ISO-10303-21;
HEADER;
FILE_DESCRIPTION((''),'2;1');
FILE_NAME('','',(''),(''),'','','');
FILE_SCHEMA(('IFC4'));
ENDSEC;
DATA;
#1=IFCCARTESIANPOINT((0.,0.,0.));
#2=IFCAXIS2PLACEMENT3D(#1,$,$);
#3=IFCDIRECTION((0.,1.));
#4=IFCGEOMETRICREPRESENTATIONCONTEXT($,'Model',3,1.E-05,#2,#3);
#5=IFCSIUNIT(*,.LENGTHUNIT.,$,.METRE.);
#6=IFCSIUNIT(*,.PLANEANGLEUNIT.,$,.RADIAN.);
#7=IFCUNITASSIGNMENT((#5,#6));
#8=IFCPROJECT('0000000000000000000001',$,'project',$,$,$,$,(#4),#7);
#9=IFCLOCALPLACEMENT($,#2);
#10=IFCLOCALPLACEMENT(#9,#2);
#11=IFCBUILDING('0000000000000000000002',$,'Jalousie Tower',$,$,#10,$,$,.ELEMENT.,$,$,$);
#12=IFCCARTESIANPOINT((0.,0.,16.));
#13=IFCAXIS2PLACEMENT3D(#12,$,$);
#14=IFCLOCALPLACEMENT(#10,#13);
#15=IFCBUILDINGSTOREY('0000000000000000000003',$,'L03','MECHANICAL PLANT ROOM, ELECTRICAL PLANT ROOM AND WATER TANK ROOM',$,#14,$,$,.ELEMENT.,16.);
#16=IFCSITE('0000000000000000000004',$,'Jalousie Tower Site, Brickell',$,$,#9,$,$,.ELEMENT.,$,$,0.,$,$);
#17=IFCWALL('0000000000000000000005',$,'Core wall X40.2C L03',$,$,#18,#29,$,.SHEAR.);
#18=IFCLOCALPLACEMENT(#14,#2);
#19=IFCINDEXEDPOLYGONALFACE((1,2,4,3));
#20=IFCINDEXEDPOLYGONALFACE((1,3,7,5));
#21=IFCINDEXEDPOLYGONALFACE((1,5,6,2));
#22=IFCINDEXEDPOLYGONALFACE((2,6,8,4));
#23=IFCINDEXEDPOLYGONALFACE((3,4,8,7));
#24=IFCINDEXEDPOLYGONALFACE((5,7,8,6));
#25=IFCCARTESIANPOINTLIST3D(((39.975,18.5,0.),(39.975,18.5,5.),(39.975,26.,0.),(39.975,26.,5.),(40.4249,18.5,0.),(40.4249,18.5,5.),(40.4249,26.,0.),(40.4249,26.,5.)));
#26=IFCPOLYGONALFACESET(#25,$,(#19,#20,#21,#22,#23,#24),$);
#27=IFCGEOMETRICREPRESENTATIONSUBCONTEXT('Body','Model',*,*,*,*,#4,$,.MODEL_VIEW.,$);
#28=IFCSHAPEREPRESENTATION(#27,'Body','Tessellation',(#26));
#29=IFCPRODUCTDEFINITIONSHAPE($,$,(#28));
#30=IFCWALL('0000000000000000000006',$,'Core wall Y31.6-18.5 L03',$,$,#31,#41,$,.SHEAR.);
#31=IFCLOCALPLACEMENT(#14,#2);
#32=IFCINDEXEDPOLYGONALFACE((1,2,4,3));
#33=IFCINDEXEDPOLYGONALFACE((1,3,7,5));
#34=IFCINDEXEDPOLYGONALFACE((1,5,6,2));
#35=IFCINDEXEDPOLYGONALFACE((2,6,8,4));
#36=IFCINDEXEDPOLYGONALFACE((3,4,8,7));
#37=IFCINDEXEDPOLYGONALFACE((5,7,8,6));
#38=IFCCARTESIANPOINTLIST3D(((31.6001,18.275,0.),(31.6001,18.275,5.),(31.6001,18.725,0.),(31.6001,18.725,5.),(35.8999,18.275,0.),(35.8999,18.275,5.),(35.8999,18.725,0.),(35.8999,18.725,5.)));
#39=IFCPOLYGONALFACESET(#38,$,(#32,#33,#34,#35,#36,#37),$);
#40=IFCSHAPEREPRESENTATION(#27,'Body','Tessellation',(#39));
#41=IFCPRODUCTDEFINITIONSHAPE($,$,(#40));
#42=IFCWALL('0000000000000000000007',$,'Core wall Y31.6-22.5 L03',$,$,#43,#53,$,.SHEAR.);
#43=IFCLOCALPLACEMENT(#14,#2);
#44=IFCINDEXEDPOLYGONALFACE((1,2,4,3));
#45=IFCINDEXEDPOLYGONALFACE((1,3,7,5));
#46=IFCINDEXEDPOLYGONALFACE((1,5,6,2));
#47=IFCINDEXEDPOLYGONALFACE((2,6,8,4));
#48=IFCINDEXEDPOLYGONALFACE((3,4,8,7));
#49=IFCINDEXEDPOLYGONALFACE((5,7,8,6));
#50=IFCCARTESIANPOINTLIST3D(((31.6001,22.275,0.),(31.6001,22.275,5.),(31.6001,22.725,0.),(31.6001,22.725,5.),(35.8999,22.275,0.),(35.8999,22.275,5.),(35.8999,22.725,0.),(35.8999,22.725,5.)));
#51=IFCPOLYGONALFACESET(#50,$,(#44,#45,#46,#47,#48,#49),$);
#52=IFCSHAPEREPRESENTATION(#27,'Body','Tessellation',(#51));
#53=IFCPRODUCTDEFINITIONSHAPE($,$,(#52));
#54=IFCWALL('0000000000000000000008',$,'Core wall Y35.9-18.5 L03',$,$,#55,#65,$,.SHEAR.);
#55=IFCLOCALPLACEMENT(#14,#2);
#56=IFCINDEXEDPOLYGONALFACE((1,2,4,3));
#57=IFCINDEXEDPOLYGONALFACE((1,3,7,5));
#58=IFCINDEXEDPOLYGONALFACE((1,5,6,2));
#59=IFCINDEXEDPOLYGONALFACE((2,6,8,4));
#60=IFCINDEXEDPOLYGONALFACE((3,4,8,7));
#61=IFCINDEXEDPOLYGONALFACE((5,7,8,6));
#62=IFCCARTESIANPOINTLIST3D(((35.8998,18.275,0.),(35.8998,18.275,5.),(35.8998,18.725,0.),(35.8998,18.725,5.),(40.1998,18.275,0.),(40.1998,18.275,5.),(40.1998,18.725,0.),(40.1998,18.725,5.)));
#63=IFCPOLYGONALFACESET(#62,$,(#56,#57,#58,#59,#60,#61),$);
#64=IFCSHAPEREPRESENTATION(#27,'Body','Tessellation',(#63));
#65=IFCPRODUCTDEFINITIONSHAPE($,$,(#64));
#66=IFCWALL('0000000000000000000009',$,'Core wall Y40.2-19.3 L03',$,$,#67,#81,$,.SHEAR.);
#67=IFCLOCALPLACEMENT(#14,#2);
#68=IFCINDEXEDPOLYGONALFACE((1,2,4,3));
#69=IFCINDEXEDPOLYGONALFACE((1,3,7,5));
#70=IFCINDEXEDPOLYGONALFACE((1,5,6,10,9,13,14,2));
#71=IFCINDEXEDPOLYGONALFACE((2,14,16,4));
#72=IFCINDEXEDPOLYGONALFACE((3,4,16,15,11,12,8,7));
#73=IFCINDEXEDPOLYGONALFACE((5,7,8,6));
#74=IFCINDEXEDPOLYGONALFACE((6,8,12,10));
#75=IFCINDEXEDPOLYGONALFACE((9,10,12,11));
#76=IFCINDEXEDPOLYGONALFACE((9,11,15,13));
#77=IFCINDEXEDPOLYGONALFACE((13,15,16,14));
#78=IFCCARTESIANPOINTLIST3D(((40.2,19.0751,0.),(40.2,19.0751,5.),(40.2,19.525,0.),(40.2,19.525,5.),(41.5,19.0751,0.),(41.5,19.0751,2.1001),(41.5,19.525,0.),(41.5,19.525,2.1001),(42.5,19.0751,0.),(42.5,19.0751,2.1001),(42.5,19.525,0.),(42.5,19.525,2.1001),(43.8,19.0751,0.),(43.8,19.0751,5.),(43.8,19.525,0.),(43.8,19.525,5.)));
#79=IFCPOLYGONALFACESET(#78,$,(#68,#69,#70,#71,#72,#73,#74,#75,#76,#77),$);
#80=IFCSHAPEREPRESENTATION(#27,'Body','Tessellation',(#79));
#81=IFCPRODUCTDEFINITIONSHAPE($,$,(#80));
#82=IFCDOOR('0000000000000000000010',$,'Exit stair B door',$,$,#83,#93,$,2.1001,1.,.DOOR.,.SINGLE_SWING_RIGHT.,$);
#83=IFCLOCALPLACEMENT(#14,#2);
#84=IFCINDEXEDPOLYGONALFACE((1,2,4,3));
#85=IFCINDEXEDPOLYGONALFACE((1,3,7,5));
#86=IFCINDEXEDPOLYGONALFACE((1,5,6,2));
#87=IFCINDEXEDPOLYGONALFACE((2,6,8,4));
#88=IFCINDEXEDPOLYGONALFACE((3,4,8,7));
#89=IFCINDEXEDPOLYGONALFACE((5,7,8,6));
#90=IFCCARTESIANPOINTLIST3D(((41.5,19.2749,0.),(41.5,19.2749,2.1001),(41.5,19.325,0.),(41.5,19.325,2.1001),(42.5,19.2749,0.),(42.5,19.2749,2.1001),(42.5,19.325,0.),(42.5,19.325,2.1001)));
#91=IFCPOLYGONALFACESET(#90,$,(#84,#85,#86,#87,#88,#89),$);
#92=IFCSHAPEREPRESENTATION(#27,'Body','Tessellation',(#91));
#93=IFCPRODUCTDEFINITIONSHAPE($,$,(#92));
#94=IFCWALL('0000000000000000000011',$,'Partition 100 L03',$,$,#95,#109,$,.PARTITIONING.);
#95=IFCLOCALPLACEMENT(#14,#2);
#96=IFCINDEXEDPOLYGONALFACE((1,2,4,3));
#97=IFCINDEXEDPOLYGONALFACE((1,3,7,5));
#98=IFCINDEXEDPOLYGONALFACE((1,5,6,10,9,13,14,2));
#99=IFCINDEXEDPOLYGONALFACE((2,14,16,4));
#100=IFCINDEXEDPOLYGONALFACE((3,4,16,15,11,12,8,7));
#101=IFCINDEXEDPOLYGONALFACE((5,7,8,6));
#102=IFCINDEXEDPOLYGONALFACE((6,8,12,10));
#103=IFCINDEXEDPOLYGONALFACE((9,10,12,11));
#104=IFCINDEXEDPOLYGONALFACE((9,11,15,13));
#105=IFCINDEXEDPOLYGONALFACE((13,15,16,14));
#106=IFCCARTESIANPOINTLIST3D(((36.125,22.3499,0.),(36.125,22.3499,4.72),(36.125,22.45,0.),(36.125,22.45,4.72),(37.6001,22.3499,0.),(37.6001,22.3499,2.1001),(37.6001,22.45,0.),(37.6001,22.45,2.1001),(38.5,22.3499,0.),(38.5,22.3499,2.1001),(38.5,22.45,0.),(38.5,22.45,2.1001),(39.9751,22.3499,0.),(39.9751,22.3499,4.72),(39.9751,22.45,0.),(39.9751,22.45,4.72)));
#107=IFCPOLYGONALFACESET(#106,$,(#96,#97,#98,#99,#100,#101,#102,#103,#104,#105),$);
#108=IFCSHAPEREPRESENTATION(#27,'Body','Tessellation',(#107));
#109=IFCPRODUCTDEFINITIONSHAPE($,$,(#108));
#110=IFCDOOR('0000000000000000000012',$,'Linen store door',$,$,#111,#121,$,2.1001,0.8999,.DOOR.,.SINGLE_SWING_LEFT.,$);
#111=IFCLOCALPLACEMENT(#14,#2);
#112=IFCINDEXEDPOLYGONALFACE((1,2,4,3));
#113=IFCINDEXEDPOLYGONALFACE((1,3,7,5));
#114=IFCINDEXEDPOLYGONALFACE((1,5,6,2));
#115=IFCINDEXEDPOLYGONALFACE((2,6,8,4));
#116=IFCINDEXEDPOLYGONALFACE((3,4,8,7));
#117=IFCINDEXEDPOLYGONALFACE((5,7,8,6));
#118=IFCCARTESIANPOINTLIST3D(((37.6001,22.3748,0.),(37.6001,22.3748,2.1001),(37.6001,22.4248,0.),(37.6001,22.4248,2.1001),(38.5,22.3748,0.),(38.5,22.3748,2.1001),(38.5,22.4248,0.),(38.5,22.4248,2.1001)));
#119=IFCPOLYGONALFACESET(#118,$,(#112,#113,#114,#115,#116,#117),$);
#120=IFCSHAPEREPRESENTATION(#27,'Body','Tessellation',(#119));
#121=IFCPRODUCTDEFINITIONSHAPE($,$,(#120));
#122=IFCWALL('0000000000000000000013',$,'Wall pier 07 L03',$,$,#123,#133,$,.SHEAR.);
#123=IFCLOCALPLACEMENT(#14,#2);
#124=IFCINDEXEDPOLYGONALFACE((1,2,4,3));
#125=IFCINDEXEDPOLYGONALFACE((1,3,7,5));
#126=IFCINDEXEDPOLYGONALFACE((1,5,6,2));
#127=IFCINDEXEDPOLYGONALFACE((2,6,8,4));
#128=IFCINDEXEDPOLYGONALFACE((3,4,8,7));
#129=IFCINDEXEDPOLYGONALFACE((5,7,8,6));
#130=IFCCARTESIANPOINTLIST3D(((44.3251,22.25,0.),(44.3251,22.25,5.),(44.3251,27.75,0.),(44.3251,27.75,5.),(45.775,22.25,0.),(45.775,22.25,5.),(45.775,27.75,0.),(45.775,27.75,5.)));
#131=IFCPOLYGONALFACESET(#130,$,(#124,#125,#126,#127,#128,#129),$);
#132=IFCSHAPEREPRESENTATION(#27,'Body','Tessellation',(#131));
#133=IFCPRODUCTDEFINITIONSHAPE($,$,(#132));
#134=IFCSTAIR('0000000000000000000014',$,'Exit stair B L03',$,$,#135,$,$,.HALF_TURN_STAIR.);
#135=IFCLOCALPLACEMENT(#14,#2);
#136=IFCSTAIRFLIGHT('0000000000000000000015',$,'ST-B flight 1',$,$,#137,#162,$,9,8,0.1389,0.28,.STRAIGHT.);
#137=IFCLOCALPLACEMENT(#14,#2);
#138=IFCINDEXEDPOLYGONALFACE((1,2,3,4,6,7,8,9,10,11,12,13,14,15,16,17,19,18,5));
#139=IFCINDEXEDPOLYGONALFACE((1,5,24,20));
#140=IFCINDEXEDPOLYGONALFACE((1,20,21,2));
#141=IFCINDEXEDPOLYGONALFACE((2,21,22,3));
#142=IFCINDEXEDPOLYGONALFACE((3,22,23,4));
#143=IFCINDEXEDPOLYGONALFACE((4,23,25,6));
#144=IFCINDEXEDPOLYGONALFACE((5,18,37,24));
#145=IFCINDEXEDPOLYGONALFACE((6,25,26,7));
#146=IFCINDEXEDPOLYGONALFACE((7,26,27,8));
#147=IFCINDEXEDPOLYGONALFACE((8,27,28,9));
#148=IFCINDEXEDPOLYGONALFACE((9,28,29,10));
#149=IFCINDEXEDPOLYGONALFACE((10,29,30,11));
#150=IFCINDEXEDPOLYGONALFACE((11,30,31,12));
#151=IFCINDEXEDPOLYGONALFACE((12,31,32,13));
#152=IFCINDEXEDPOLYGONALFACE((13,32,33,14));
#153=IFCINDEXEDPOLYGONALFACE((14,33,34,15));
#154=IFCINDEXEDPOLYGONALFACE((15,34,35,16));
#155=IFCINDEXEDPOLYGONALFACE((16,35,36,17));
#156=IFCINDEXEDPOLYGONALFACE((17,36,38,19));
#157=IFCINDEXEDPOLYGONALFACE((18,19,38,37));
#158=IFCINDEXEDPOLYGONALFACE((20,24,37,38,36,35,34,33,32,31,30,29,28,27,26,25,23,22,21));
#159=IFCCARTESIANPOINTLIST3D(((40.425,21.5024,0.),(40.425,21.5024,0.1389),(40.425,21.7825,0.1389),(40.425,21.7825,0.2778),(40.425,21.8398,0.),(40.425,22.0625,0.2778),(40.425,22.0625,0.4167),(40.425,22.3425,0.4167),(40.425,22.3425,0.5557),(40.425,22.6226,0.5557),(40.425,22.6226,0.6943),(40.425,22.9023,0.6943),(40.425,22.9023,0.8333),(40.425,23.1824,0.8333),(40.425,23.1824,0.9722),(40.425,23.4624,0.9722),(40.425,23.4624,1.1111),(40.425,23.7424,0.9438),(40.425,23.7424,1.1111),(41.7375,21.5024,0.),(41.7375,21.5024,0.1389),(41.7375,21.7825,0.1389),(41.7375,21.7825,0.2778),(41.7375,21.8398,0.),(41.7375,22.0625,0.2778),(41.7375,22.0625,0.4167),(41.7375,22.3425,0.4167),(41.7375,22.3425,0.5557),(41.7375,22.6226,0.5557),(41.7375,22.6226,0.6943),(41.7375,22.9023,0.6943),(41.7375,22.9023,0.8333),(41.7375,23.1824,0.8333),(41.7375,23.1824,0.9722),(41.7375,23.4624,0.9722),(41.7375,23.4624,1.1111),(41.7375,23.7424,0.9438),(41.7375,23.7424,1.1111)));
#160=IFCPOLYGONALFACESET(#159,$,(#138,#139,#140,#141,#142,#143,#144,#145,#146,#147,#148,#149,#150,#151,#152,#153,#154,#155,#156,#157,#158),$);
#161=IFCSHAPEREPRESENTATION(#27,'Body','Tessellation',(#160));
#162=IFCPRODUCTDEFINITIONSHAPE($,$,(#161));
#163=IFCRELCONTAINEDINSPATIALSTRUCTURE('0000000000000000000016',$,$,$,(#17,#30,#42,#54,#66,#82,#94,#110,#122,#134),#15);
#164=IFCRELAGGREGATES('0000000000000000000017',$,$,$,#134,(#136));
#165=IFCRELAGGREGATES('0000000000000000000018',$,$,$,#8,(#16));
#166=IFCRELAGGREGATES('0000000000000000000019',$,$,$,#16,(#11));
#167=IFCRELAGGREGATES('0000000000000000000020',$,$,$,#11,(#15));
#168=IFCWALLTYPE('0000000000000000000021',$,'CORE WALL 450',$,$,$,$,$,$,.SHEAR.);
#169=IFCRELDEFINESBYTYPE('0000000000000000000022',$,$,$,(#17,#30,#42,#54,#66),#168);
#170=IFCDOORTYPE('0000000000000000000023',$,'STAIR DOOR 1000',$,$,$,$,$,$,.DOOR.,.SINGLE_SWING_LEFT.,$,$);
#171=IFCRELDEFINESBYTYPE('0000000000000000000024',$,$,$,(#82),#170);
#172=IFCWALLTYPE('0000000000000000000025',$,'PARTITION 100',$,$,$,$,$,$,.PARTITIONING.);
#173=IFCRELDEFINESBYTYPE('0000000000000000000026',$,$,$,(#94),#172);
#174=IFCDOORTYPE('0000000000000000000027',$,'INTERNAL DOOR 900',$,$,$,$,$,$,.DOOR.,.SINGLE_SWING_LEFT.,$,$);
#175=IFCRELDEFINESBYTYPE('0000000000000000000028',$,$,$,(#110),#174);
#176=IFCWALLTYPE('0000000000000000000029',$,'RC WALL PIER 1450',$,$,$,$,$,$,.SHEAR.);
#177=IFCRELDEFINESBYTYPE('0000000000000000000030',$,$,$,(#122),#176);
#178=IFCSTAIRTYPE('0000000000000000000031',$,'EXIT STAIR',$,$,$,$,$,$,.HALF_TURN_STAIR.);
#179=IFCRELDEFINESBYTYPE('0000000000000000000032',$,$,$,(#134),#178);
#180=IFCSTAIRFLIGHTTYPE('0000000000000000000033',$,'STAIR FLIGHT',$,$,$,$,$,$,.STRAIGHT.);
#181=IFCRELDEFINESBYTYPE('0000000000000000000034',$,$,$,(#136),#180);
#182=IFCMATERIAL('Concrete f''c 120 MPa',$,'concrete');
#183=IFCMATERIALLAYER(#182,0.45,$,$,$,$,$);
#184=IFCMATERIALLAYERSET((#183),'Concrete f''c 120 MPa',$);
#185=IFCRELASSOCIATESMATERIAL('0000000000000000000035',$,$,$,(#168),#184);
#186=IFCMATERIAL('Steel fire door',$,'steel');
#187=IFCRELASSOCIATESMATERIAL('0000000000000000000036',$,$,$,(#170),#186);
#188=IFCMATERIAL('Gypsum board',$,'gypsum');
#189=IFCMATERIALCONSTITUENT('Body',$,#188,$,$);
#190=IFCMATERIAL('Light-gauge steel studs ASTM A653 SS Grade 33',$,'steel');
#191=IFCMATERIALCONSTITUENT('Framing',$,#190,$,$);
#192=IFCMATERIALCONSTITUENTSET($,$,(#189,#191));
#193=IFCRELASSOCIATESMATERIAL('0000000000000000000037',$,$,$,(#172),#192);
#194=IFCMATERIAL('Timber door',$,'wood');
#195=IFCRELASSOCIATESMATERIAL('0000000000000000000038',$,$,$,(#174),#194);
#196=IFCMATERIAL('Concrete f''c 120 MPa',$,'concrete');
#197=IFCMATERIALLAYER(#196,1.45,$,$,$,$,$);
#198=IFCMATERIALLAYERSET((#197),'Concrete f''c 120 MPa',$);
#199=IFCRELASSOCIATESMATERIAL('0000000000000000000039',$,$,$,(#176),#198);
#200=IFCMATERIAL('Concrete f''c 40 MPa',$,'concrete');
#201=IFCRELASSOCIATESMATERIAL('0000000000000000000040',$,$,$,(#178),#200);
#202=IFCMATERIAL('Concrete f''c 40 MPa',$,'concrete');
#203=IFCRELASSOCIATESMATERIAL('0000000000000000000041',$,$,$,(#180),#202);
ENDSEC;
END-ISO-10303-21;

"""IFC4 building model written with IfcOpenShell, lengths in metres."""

from ifc_helpers import new_model, si_unit, direction, frame, frame_2d, origin, place, context, subcontext, project, spatial, polyline, rectangle, outline, extrude, material, layer, layer_set, constituent, constituent_set, type_object, element, fill, aggregate, save


model = new_model("IFC4")

# Units and contexts
model_context = context("Model", 3, precision=1e-05, world=origin(), true_north=direction((0.0, 1.0)))
body_context = subcontext(model_context, "Body", "Model", "MODEL_VIEW")
ifc_project = project(units=[si_unit("LENGTHUNIT", "METRE"), si_unit("PLANEANGLEUNIT", "RADIAN")], contexts=[model_context])

# Site, building, storey
site_placement = place(None, origin())
site = spatial("IfcSite", under=ifc_project, at=site_placement, Name="Jalousie Tower Site, Brickell", CompositionType="ELEMENT", RefElevation=0.0)
building_placement = place(site_placement, origin())
building = spatial("IfcBuilding", under=site, at=building_placement, Name="Jalousie Tower", CompositionType="ELEMENT")
storey_placement = place(building_placement, frame((0.0, 0.0, 16.0)))
storey = spatial("IfcBuildingStorey", under=building, at=storey_placement, Name="L03", Description="MECHANICAL PLANT ROOM, ELECTRICAL PLANT ROOM AND WATER TANK ROOM", CompositionType="ELEMENT", Elevation=16.0)

# Shared definitions
ifc_material_1 = material(Name="Concrete f'c 120 MPa", Category="concrete")
ifc_layer_1 = layer(ifc_material_1, 0.45)
ifc_layer_set_1 = layer_set([ifc_layer_1], Name="Concrete f'c 120 MPa")
wall_type_1 = type_object("IfcWallType", Name="CORE WALL 450", PredefinedType="SHEAR", material=ifc_layer_set_1)

# Walls
wall_1_placement = place(storey_placement, frame((40.2, 18.5, 0.0), z_axis=(0.0, 0.0, 1.0), x_axis=(0.0, 1.0, 0.0)))
element("IfcWall", 1, at=wall_1_placement, inside=storey, type_object=wall_type_1, Name="Core wall X40.2C L03", PredefinedType="SHEAR", context=body_context, shape_type="SweptSolid", body=[
    extrude(rectangle(XDim=7.5, YDim=0.45, at=frame_2d((3.75, 0.0))), origin(), (0.0, 0.0, 1.0), 5.0),
])
for number, where, z_axis, x_axis, name in (
    (2, (31.6001, 18.5, 0.0), (0.0, 0.0, 1.0), (1.0, 0.0, 0.0), "Core wall Y31.6-18.5 L03"),
    (3, (31.6001, 22.5, 0.0), (0.0, 0.0, 1.0), (1.0, 0.0, 0.0), "Core wall Y31.6-22.5 L03"),
):
    element("IfcWall", number, at=place(storey_placement, frame(where, z_axis=z_axis, x_axis=x_axis)), inside=storey, type_object=wall_type_1, Name=name, PredefinedType="SHEAR", context=body_context, shape_type="SweptSolid", body=[
        extrude(rectangle(XDim=4.2998, YDim=0.45, at=frame_2d((2.1499, 0.0))), origin(), (0.0, 0.0, 1.0), 5.0),
    ])
wall_2_placement = place(storey_placement, frame((35.8999, 18.5, 0.0), z_axis=(0.0, 0.0, 1.0), x_axis=(1.0, 0.0, 0.0)))
element("IfcWall", 4, at=wall_2_placement, inside=storey, type_object=wall_type_1, Name="Core wall Y35.9-18.5 L03", PredefinedType="SHEAR", context=body_context, shape_type="SweptSolid", body=[
    extrude(rectangle(XDim=4.3, YDim=0.45, at=frame_2d((2.1499, 0.0))), origin(), (0.0, 0.0, 1.0), 5.0),
])

# Walls, openings, doors
wall_3_placement = place(storey_placement, frame((40.2, 19.3, 0.0), z_axis=(0.0, 0.0, 1.0), x_axis=(1.0, 0.0, 0.0)))
wall_3 = element("IfcWall", 5, at=wall_3_placement, inside=storey, type_object=wall_type_1, Name="Core wall Y40.2-19.3 L03", PredefinedType="SHEAR", context=body_context, shape_type="SweptSolid", body=[
    extrude(rectangle(XDim=3.6001, YDim=0.45, at=frame_2d((1.8, 0.0))), origin(), (0.0, 0.0, 1.0), 5.0),
])
opening_1_placement = place(wall_3_placement, frame((1.3, 0.0, 0.0)))
opening_1 = element("IfcOpeningElement", 6, at=opening_1_placement, cuts=wall_3, PredefinedType="OPENING", context=body_context, shape_type="SweptSolid", body=[
    extrude(rectangle(XDim=1.0, YDim=2.1001, at=frame_2d((0.5, 1.05))), frame((0.0, 0.2349, 0.0), z_axis=(0.0, -1.0, 0.0), x_axis=(1.0, 0.0, 0.0)), (0.0, 0.0, 1.0), 0.47),
])
ifc_material_2 = material(Name="Steel fire door", Category="steel")
door_type_1 = type_object("IfcDoorType", Name="STAIR DOOR 1000", OperationType="SINGLE_SWING_LEFT", PredefinedType="DOOR", material=ifc_material_2)
door_1_placement = place(opening_1_placement, origin())
door_1 = element("IfcDoor", 7, at=door_1_placement, inside=storey, type_object=door_type_1, Name="Exit stair B door", OperationType="SINGLE_SWING_RIGHT", OverallHeight=2.1001, OverallWidth=1.0, PredefinedType="DOOR", context=body_context, shape_type="SweptSolid", body=[
    extrude(rectangle(XDim=1.0, YDim=2.1001, at=frame_2d((0.5, 1.05))), frame((0.0, 0.0249, 0.0), z_axis=(0.0, -1.0, 0.0), x_axis=(1.0, 0.0, 0.0)), (0.0, 0.0, 1.0), 0.05),
])
fill(opening_1, door_1)
ifc_material_3 = material(Name="Gypsum board", Category="gypsum")
ifc_constituent_1 = constituent(ifc_material_3, Name="Body")
ifc_material_4 = material(Name="Light-gauge steel studs ASTM A653 SS Grade 33", Category="steel")
ifc_constituent_2 = constituent(ifc_material_4, Name="Framing")
ifc_constituent_set_1 = constituent_set(constituents=[ifc_constituent_1, ifc_constituent_2])
wall_type_2 = type_object("IfcWallType", Name="PARTITION 100", PredefinedType="PARTITIONING", material=ifc_constituent_set_1)
wall_4_placement = place(storey_placement, frame((36.125, 22.3999, 0.0), z_axis=(0.0, 0.0, 1.0), x_axis=(1.0, 0.0, 0.0)))
wall_4 = element("IfcWall", 8, at=wall_4_placement, inside=storey, type_object=wall_type_2, Name="Partition 100 L03", PredefinedType="PARTITIONING", context=body_context, shape_type="SweptSolid", body=[
    extrude(rectangle(XDim=3.8501, YDim=0.1001, at=frame_2d((1.925, 0.0))), origin(), (0.0, 0.0, 1.0), 4.72),
])
opening_2_placement = place(wall_4_placement, frame((1.4751, 0.0, 0.0)))
opening_2 = element("IfcOpeningElement", 9, at=opening_2_placement, cuts=wall_4, PredefinedType="OPENING", context=body_context, shape_type="SweptSolid", body=[
    extrude(rectangle(XDim=0.8999, YDim=2.1001, at=frame_2d((0.45, 1.05))), frame((0.0, 0.0601, 0.0), z_axis=(0.0, -1.0, 0.0), x_axis=(1.0, 0.0, 0.0)), (0.0, 0.0, 1.0), 0.1201),
])
ifc_material_5 = material(Name="Timber door", Category="wood")
door_type_2 = type_object("IfcDoorType", Name="INTERNAL DOOR 900", OperationType="SINGLE_SWING_LEFT", PredefinedType="DOOR", material=ifc_material_5)
door_2_placement = place(opening_2_placement, origin())
door_2 = element("IfcDoor", 10, at=door_2_placement, inside=storey, type_object=door_type_2, Name="Linen store door", OperationType="SINGLE_SWING_LEFT", OverallHeight=2.1001, OverallWidth=0.8999, PredefinedType="DOOR", context=body_context, shape_type="SweptSolid", body=[
    extrude(rectangle(XDim=0.8999, YDim=2.1001, at=frame_2d((0.45, 1.05))), frame((0.0, 0.0249, 0.0), z_axis=(0.0, -1.0, 0.0), x_axis=(1.0, 0.0, 0.0)), (0.0, 0.0, 1.0), 0.05),
])
fill(opening_2, door_2)

# Wall
ifc_material_6 = material(Name="Concrete f'c 120 MPa", Category="concrete")
ifc_layer_2 = layer(ifc_material_6, 1.45)
ifc_layer_set_2 = layer_set([ifc_layer_2], Name="Concrete f'c 120 MPa")
wall_type_3 = type_object("IfcWallType", Name="RC WALL PIER 1450", PredefinedType="SHEAR", material=ifc_layer_set_2)
wall_5_placement = place(storey_placement, frame((45.05, 22.25, 0.0), z_axis=(0.0, 0.0, 1.0), x_axis=(0.0, 1.0, 0.0)))
element("IfcWall", 11, at=wall_5_placement, inside=storey, type_object=wall_type_3, Name="Wall pier 07 L03", PredefinedType="SHEAR", context=body_context, shape_type="SweptSolid", body=[
    extrude(rectangle(XDim=5.5, YDim=1.45, at=frame_2d((2.75, 0.0))), origin(), (0.0, 0.0, 1.0), 5.0),
])

# Stair, stair flight
ifc_material_7 = material(Name="Concrete f'c 40 MPa", Category="concrete")
stair_type = type_object("IfcStairType", Name="EXIT STAIR", PredefinedType="HALF_TURN_STAIR", material=ifc_material_7)
stair_placement = place(storey_placement, origin())
stair = element("IfcStair", 12, at=stair_placement, inside=storey, type_object=stair_type, Name="Exit stair B L03", PredefinedType="HALF_TURN_STAIR")
ifc_material_8 = material(Name="Concrete f'c 40 MPa", Category="concrete")
stair_flight_type = type_object("IfcStairFlightType", Name="STAIR FLIGHT", PredefinedType="STRAIGHT", material=ifc_material_8)
stair_flight_1_placement = place(storey_placement, frame((41.0813, 21.5024, 0.0), z_axis=(0.0, 0.0, 1.0), x_axis=(0.0, 1.0, 0.0)))
stair_flight_1 = element("IfcStairFlight", 13, at=stair_flight_1_placement, type_object=stair_flight_type, Name="ST-B flight 1", NumberOfRisers=9, NumberOfTreads=8, PredefinedType="STRAIGHT", RiserHeight=0.1389, TreadLength=0.28, context=body_context, shape_type="SweptSolid", body=[
    extrude(outline(polyline([(0.0, 0.0), (0.0, 0.1389), (0.28, 0.1389), (0.28, 0.2778), (0.5601, 0.2778), (0.5601, 0.4167), (0.8401, 0.4167), (0.8401, 0.5557), (1.1201, 0.5557), (1.1201, 0.6943), (1.3999, 0.6943), (1.3999, 0.8333), (1.6799, 0.8333), (1.6799, 0.9722), (1.96, 0.9722), (1.96, 1.1111), (2.24, 1.1111), (2.24, 1.25), (2.24, 0.9438), (0.3374, 0.0), (0.0, 0.0)])), frame((0.0, 0.6562, 0.0), z_axis=(0.0, -1.0, 0.0), x_axis=(1.0, 0.0, 0.0)), (0.0, 0.0, 1.0), 1.3125),
])
aggregate(stair, [stair_flight_1])

save(model, "model.ifc")
